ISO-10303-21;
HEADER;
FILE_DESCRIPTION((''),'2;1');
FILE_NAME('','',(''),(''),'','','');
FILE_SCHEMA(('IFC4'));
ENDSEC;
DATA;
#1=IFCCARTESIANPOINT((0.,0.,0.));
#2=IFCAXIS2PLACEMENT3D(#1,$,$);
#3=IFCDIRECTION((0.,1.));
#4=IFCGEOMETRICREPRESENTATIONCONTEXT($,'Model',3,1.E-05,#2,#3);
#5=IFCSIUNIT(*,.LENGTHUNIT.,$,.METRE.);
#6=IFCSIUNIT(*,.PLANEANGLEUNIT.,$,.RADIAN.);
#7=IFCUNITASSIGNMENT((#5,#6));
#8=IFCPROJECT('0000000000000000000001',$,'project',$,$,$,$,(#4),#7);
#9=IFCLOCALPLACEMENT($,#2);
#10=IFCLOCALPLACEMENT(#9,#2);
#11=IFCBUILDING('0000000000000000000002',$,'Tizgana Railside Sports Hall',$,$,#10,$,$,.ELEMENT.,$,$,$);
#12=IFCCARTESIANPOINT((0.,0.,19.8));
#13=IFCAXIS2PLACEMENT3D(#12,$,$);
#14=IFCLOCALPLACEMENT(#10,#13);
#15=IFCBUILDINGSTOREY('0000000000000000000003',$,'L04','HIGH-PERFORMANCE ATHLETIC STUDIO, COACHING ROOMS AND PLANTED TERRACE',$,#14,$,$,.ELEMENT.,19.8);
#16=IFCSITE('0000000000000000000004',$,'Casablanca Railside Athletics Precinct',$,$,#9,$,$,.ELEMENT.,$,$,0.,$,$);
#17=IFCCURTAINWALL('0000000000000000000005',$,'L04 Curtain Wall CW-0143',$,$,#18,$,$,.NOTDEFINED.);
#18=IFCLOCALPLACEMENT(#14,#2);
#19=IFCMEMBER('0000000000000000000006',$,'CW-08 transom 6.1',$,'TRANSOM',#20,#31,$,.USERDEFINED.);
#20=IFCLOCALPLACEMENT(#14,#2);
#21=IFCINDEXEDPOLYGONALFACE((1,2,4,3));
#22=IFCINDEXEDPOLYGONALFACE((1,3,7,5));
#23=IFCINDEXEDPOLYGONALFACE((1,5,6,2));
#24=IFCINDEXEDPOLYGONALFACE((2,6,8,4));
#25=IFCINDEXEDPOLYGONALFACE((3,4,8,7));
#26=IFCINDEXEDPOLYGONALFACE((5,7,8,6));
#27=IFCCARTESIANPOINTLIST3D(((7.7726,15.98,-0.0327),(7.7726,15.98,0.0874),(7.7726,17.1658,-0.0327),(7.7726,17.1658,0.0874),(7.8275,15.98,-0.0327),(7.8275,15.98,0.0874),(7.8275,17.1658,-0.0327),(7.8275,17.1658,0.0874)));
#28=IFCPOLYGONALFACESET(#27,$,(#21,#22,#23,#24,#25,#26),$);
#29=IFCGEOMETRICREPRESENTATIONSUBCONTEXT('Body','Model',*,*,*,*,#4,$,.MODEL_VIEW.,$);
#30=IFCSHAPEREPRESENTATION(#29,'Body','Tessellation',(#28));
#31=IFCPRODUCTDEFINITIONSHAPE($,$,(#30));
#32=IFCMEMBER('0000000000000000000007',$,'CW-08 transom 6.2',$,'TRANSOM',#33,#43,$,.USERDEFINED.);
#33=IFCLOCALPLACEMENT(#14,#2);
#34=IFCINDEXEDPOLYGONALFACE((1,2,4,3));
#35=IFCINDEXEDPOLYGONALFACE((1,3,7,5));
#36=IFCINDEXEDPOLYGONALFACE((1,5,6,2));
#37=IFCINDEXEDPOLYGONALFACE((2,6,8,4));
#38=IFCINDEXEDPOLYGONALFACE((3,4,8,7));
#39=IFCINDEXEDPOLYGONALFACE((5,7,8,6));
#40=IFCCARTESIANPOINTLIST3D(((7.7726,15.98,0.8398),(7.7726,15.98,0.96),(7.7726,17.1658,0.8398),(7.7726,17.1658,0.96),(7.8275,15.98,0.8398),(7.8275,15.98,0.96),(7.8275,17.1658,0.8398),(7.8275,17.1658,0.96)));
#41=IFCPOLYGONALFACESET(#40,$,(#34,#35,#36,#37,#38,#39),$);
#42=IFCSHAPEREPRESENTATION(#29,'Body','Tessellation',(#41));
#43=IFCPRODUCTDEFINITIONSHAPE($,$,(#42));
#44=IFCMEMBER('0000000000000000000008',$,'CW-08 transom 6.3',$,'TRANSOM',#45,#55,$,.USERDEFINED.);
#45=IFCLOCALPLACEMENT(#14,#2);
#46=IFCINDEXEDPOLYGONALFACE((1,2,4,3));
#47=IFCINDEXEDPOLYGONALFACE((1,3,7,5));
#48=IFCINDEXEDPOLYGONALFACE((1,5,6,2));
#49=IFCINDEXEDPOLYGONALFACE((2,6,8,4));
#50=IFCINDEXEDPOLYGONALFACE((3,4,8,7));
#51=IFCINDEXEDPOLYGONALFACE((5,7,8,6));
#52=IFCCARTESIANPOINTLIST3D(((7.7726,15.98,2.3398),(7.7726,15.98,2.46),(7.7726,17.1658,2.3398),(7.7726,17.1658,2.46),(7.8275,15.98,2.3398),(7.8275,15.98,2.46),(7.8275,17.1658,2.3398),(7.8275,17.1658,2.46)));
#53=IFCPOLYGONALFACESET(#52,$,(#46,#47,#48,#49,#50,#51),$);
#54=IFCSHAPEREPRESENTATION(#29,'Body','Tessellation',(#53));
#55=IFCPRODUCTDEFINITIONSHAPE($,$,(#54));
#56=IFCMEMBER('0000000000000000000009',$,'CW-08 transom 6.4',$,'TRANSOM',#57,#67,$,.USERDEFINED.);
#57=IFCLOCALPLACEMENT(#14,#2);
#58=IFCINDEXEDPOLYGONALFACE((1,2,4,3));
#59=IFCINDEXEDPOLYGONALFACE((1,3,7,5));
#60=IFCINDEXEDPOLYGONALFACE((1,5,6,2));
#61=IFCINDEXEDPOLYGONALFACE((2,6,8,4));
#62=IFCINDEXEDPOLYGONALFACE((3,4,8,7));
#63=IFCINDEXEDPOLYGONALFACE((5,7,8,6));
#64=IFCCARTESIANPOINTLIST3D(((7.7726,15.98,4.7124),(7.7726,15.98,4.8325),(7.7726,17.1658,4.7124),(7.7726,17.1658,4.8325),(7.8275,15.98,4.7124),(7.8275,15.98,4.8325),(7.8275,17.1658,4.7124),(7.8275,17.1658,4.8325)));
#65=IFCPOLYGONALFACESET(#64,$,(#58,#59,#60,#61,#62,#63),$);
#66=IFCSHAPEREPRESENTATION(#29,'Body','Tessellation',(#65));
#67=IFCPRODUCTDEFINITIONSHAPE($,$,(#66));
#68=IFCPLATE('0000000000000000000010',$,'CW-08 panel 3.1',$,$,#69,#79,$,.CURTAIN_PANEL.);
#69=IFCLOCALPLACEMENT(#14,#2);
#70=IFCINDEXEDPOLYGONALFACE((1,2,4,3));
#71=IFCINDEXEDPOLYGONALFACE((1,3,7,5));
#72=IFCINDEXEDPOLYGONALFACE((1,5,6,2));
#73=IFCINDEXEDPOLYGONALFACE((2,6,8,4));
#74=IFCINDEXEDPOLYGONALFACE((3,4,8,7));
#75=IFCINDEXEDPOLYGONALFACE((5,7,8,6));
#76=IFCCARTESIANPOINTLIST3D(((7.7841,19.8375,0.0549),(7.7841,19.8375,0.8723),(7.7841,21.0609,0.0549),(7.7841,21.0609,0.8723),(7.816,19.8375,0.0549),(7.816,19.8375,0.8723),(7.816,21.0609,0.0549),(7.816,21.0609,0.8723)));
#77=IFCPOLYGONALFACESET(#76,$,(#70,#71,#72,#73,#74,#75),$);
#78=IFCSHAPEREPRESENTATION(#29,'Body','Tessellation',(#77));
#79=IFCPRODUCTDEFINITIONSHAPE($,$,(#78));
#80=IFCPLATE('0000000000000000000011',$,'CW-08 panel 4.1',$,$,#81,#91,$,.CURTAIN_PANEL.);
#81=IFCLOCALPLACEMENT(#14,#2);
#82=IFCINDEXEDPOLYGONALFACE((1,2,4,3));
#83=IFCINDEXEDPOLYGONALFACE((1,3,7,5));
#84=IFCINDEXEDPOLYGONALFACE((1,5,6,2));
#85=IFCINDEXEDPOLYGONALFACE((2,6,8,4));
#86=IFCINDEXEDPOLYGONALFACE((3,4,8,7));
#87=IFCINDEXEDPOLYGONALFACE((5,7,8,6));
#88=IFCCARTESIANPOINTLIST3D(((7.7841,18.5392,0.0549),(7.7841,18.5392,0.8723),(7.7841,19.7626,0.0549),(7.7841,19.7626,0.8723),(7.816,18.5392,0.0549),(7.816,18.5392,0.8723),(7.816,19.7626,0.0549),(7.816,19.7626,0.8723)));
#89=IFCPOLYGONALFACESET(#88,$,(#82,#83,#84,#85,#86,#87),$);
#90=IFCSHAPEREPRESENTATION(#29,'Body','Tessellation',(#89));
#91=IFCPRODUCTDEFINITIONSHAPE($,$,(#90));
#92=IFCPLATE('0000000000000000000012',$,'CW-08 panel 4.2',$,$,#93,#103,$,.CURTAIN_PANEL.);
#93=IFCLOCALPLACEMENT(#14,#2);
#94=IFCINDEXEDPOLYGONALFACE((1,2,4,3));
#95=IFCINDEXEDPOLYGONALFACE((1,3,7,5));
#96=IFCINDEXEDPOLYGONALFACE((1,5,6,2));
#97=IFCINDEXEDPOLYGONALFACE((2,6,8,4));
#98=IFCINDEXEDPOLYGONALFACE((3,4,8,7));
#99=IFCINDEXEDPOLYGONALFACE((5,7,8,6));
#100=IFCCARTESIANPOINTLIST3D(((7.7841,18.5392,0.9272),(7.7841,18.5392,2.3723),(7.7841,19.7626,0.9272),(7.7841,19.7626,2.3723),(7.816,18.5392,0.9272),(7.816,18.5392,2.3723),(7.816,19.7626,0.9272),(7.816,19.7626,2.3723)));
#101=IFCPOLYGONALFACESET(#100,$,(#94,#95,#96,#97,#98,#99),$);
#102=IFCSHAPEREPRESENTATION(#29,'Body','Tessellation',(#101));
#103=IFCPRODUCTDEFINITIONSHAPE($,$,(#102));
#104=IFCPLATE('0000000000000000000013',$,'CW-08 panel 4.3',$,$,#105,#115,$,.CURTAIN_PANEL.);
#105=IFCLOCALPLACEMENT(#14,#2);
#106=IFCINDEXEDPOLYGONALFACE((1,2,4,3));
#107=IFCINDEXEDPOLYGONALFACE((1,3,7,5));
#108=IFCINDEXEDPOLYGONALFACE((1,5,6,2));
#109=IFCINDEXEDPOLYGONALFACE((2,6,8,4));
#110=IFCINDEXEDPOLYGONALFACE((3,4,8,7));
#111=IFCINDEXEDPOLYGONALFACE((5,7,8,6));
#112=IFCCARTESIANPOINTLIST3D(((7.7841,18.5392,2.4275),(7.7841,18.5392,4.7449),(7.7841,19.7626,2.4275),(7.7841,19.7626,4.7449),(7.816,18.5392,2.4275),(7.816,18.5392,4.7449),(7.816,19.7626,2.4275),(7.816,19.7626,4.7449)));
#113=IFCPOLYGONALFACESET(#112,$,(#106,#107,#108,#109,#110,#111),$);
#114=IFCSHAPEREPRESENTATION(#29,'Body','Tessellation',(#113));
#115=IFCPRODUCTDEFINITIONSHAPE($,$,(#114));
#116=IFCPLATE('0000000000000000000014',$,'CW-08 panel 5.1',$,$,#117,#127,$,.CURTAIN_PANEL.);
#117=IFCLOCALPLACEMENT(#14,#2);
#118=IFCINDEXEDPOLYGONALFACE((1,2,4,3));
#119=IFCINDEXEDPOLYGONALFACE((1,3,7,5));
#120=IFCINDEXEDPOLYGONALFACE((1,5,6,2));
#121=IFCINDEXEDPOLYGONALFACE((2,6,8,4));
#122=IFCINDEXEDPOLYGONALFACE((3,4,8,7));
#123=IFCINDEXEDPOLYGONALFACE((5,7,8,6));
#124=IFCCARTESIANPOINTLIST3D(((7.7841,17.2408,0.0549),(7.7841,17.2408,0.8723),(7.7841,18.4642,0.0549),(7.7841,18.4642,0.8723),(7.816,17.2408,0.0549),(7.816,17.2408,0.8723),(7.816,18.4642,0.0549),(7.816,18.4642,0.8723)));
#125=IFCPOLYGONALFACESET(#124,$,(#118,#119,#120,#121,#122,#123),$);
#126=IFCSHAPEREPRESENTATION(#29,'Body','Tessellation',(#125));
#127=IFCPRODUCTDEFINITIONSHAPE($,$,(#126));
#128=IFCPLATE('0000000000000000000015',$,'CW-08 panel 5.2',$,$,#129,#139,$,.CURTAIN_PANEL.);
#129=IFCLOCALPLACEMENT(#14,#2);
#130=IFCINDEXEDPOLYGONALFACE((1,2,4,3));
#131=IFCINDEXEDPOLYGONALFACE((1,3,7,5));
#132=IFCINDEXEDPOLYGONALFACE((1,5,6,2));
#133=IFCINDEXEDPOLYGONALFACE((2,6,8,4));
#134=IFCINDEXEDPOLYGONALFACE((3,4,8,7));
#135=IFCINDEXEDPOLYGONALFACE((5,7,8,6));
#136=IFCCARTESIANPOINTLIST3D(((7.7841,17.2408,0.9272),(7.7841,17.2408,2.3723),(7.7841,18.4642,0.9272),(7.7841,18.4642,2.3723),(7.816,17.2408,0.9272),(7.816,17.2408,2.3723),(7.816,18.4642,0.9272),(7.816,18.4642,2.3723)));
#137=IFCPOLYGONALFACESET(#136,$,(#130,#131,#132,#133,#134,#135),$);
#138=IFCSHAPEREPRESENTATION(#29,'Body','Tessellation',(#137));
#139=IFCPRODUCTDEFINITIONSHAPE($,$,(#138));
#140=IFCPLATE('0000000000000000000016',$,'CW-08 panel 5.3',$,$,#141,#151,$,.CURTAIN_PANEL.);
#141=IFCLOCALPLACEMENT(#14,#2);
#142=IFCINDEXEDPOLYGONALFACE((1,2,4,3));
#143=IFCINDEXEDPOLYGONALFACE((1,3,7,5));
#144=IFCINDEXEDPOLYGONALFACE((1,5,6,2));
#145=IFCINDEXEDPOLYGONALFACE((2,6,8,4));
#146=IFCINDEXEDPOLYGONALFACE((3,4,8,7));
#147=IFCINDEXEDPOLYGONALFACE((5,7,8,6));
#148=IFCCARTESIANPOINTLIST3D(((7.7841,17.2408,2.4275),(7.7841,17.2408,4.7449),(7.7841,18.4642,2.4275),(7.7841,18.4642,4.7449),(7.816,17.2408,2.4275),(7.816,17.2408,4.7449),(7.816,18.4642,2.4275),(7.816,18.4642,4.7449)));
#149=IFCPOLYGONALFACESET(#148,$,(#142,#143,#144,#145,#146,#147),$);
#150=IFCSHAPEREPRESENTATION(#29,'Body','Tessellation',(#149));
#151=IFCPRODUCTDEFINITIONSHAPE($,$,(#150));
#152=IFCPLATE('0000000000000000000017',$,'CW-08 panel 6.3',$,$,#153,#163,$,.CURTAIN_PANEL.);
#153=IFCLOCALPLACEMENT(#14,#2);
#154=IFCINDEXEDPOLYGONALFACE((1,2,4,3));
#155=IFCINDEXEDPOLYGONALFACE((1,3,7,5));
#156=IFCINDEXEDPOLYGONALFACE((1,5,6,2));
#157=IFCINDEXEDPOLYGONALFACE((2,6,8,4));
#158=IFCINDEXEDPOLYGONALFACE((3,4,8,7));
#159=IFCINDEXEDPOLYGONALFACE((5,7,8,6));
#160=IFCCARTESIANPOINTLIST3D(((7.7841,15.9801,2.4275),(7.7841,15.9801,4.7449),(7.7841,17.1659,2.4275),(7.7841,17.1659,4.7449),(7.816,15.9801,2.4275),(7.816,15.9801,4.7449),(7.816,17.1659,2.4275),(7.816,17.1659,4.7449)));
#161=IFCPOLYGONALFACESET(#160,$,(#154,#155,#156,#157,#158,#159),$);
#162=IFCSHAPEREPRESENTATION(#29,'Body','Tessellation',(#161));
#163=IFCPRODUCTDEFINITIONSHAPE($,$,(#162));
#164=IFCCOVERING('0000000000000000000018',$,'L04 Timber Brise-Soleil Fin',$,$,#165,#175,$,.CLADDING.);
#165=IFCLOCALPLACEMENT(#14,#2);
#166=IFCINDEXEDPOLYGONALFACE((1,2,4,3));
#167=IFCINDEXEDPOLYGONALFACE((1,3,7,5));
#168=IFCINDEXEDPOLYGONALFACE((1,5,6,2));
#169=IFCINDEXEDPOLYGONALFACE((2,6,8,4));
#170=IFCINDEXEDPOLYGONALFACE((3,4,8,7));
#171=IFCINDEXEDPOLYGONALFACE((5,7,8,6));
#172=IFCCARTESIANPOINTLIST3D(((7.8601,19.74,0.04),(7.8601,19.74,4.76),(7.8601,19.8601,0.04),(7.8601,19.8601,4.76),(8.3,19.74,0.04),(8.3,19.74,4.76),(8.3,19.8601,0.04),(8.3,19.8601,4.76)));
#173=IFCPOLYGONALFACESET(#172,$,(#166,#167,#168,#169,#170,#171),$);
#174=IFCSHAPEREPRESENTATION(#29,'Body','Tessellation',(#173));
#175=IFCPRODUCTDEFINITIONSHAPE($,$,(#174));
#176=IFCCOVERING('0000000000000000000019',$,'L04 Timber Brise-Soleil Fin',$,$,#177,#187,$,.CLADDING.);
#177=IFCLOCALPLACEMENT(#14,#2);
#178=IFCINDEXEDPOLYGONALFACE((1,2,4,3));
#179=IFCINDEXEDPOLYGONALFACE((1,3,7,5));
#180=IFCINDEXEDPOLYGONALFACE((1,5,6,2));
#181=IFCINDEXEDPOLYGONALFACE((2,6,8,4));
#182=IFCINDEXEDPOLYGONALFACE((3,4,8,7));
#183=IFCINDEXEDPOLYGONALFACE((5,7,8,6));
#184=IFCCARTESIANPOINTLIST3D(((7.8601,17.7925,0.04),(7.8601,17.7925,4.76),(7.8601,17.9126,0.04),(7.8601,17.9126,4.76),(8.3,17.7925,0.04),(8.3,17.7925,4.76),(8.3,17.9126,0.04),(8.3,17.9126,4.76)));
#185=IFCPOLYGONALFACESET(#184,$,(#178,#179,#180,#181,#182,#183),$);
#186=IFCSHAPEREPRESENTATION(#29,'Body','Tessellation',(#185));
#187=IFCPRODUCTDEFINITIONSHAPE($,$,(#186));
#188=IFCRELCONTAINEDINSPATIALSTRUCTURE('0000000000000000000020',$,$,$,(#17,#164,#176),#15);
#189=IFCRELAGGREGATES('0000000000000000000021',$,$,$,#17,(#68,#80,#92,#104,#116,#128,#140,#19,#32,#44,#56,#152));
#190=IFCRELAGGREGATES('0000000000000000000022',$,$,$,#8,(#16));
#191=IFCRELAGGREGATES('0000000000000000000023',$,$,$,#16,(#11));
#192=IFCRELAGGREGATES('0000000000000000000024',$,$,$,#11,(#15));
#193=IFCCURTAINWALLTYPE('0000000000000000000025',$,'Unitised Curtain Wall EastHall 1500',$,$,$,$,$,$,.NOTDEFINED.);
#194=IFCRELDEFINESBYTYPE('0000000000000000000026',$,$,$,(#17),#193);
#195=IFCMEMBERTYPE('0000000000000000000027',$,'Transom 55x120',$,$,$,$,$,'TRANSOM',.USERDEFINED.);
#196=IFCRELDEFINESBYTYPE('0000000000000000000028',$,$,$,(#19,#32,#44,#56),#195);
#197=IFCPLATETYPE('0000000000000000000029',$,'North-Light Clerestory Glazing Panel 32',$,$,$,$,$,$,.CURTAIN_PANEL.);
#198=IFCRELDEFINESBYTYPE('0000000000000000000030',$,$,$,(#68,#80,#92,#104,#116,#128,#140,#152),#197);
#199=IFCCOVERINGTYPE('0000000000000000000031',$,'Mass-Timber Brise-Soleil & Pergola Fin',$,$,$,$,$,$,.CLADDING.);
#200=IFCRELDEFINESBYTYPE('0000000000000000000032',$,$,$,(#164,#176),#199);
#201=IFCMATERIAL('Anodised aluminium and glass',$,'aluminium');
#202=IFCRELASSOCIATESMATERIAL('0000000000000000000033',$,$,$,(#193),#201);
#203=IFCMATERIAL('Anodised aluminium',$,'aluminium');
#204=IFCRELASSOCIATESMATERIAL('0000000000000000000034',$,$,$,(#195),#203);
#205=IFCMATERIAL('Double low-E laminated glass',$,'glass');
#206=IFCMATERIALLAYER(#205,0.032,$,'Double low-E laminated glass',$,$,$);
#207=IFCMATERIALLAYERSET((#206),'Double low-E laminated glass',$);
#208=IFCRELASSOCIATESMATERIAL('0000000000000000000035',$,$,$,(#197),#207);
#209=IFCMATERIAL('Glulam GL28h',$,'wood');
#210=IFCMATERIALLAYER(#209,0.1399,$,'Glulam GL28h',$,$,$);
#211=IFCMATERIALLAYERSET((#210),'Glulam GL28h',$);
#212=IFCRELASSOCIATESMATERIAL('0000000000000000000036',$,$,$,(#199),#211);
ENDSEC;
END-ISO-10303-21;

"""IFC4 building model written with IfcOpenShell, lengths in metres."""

from ifc_helpers import new_model, si_unit, direction, frame, origin, origin_2d, place, context, subcontext, project, spatial, rectangle, extrude, material, layer, layer_set, material_profile, profile_set, type_object, element, aggregate, save


model = new_model("IFC4")

# Units and contexts
model_context = context("Model", 3, precision=1e-05, world=origin(), true_north=direction((0.0, 1.0)))
body_context = subcontext(model_context, "Body", "Model", "MODEL_VIEW")
ifc_project = project(units=[si_unit("LENGTHUNIT", "METRE"), si_unit("PLANEANGLEUNIT", "RADIAN")], contexts=[model_context])

# Site, building, storey
site_placement = place(None, origin())
site = spatial("IfcSite", under=ifc_project, at=site_placement, Name="Casablanca Railside Athletics Precinct", CompositionType="ELEMENT", RefElevation=0.0)
building_placement = place(site_placement, origin())
building = spatial("IfcBuilding", under=site, at=building_placement, Name="Tizgana Railside Sports Hall", CompositionType="ELEMENT")
storey_placement = place(building_placement, frame((0.0, 0.0, 19.8)))
storey = spatial("IfcBuildingStorey", under=building, at=storey_placement, Name="L04", Description="HIGH-PERFORMANCE ATHLETIC STUDIO, COACHING ROOMS AND PLANTED TERRACE", CompositionType="ELEMENT", Elevation=19.8)

# Curtain wall
ifc_material_1 = material(Name="Anodised aluminium and glass", Category="aluminium")
curtain_wall_type = type_object("IfcCurtainWallType", Name="Unitised Curtain Wall EastHall 1500", PredefinedType="NOTDEFINED", material=ifc_material_1)
curtain_wall_placement = place(storey_placement, origin())
curtain_wall = element("IfcCurtainWall", 1, at=curtain_wall_placement, inside=storey, type_object=curtain_wall_type, Name="L04 Curtain Wall CW-0143", PredefinedType="NOTDEFINED")
ifc_material_2 = material(Name="Anodised aluminium", Category="aluminium")

# Members
ifc_material_profile_1 = material_profile(ifc_material_2, rectangle(XDim=0.0549, YDim=0.1201, at=origin_2d()), Name="Transom 55x120")
ifc_profile_set_1 = profile_set([ifc_material_profile_1], Name="Anodised aluminium")
member_type_1 = type_object("IfcMemberType", Name="Transom 55x120", ElementType="TRANSOM", PredefinedType="USERDEFINED", material=ifc_profile_set_1)
member_1_placement = place(storey_placement, frame((7.8, 17.1658, 0.0273), z_axis=(0.0, -1.0, 0.0), x_axis=(1.0, 0.0, 0.0)))
member_1 = element("IfcMember", 2, at=member_1_placement, type_object=member_type_1, Name="CW-08 transom 6.1", ObjectType="TRANSOM", PredefinedType="USERDEFINED", context=body_context, shape_type="SweptSolid", body=[
    extrude(rectangle(XDim=0.0549, YDim=0.1201, at=origin_2d()), origin(), (0.0, 0.0, 1.0), 1.1858),
])
member_2_placement = place(storey_placement, frame((7.8, 17.1658, 0.8999), z_axis=(0.0, -1.0, 0.0), x_axis=(1.0, 0.0, 0.0)))
member_2 = element("IfcMember", 3, at=member_2_placement, type_object=member_type_1, Name="CW-08 transom 6.2", ObjectType="TRANSOM", PredefinedType="USERDEFINED", context=body_context, shape_type="SweptSolid", body=[
    extrude(rectangle(XDim=0.0549, YDim=0.1201, at=origin_2d()), origin(), (0.0, 0.0, 1.0), 1.1858),
])
member_3_placement = place(storey_placement, frame((7.8, 17.1658, 2.3999), z_axis=(0.0, -1.0, 0.0), x_axis=(1.0, 0.0, 0.0)))
member_3 = element("IfcMember", 4, at=member_3_placement, type_object=member_type_1, Name="CW-08 transom 6.3", ObjectType="TRANSOM", PredefinedType="USERDEFINED", context=body_context, shape_type="SweptSolid", body=[
    extrude(rectangle(XDim=0.0549, YDim=0.1201, at=origin_2d()), origin(), (0.0, 0.0, 1.0), 1.1858),
])
member_4_placement = place(storey_placement, frame((7.8, 17.1658, 4.7725), z_axis=(0.0, -1.0, 0.0), x_axis=(1.0, 0.0, 0.0)))
member_4 = element("IfcMember", 5, at=member_4_placement, type_object=member_type_1, Name="CW-08 transom 6.4", ObjectType="TRANSOM", PredefinedType="USERDEFINED", context=body_context, shape_type="SweptSolid", body=[
    extrude(rectangle(XDim=0.0549, YDim=0.1201, at=origin_2d()), origin(), (0.0, 0.0, 1.0), 1.1858),
])

# Plates
ifc_material_3 = material(Name="Double low-E laminated glass", Category="glass")
ifc_layer_1 = layer(ifc_material_3, 0.032, Name="Double low-E laminated glass")
ifc_layer_set_1 = layer_set([ifc_layer_1], Name="Double low-E laminated glass")
plate_type = type_object("IfcPlateType", Name="North-Light Clerestory Glazing Panel 32", PredefinedType="CURTAIN_PANEL", material=ifc_layer_set_1)
plate_1_placement = place(storey_placement, frame((7.8, 20.4492, 0.0549), z_axis=(0.0, 0.0, 1.0), x_axis=(0.0, -1.0, 0.0)))
plate_1 = element("IfcPlate", 6, at=plate_1_placement, type_object=plate_type, Name="CW-08 panel 3.1", PredefinedType="CURTAIN_PANEL", context=body_context, shape_type="SweptSolid", body=[
    extrude(rectangle(XDim=1.2234, YDim=0.032, at=origin_2d()), origin(), (0.0, 0.0, 1.0), 0.8174),
])
plate_2_placement = place(storey_placement, frame((7.8, 19.1509, 0.0549), z_axis=(0.0, 0.0, 1.0), x_axis=(0.0, -1.0, 0.0)))
plate_2 = element("IfcPlate", 7, at=plate_2_placement, type_object=plate_type, Name="CW-08 panel 4.1", PredefinedType="CURTAIN_PANEL", context=body_context, shape_type="SweptSolid", body=[
    extrude(rectangle(XDim=1.2234, YDim=0.032, at=origin_2d()), origin(), (0.0, 0.0, 1.0), 0.8174),
])
plate_3_placement = place(storey_placement, frame((7.8, 19.1509, 0.9272), z_axis=(0.0, 0.0, 1.0), x_axis=(0.0, -1.0, 0.0)))
plate_3 = element("IfcPlate", 8, at=plate_3_placement, type_object=plate_type, Name="CW-08 panel 4.2", PredefinedType="CURTAIN_PANEL", context=body_context, shape_type="SweptSolid", body=[
    extrude(rectangle(XDim=1.2234, YDim=0.032, at=origin_2d()), origin(), (0.0, 0.0, 1.0), 1.4451),
])
plate_4_placement = place(storey_placement, frame((7.8, 19.1509, 2.4275), z_axis=(0.0, 0.0, 1.0), x_axis=(0.0, -1.0, 0.0)))
plate_4 = element("IfcPlate", 9, at=plate_4_placement, type_object=plate_type, Name="CW-08 panel 4.3", PredefinedType="CURTAIN_PANEL", context=body_context, shape_type="SweptSolid", body=[
    extrude(rectangle(XDim=1.2234, YDim=0.032, at=origin_2d()), origin(), (0.0, 0.0, 1.0), 2.3174),
])
plate_5_placement = place(storey_placement, frame((7.8, 17.8525, 0.0549), z_axis=(0.0, 0.0, 1.0), x_axis=(0.0, -1.0, 0.0)))
plate_5 = element("IfcPlate", 10, at=plate_5_placement, type_object=plate_type, Name="CW-08 panel 5.1", PredefinedType="CURTAIN_PANEL", context=body_context, shape_type="SweptSolid", body=[
    extrude(rectangle(XDim=1.2234, YDim=0.032, at=origin_2d()), origin(), (0.0, 0.0, 1.0), 0.8174),
])
plate_6_placement = place(storey_placement, frame((7.8, 17.8525, 0.9272), z_axis=(0.0, 0.0, 1.0), x_axis=(0.0, -1.0, 0.0)))
plate_6 = element("IfcPlate", 11, at=plate_6_placement, type_object=plate_type, Name="CW-08 panel 5.2", PredefinedType="CURTAIN_PANEL", context=body_context, shape_type="SweptSolid", body=[
    extrude(rectangle(XDim=1.2234, YDim=0.032, at=origin_2d()), origin(), (0.0, 0.0, 1.0), 1.4451),
])
plate_7_placement = place(storey_placement, frame((7.8, 17.8525, 2.4275), z_axis=(0.0, 0.0, 1.0), x_axis=(0.0, -1.0, 0.0)))
plate_7 = element("IfcPlate", 12, at=plate_7_placement, type_object=plate_type, Name="CW-08 panel 5.3", PredefinedType="CURTAIN_PANEL", context=body_context, shape_type="SweptSolid", body=[
    extrude(rectangle(XDim=1.2234, YDim=0.032, at=origin_2d()), origin(), (0.0, 0.0, 1.0), 2.3174),
])
plate_8_placement = place(storey_placement, frame((7.8, 16.573, 2.4275), z_axis=(0.0, 0.0, 1.0), x_axis=(0.0, -1.0, 0.0)))
plate_8 = element("IfcPlate", 13, at=plate_8_placement, type_object=plate_type, Name="CW-08 panel 6.3", PredefinedType="CURTAIN_PANEL", context=body_context, shape_type="SweptSolid", body=[
    extrude(rectangle(XDim=1.1858, YDim=0.032, at=origin_2d()), origin(), (0.0, 0.0, 1.0), 2.3174),
])
aggregate(curtain_wall, [plate_1, plate_2, plate_3, plate_4, plate_5, plate_6, plate_7, member_1, member_2, member_3, member_4, plate_8])

# Coverings
ifc_material_4 = material(Name="Glulam GL28h", Category="wood")
ifc_layer_2 = layer(ifc_material_4, 0.1399, Name="Glulam GL28h")
ifc_layer_set_2 = layer_set([ifc_layer_2], Name="Glulam GL28h")
covering_type = type_object("IfcCoveringType", Name="Mass-Timber Brise-Soleil & Pergola Fin", PredefinedType="CLADDING", material=ifc_layer_set_2)
for number, where, z_axis, x_axis, name in (
    (14, (8.0801, 19.8, 0.04), (0.0, 0.0, 1.0), (0.0, -1.0, 0.0), "L04 Timber Brise-Soleil Fin"),
    (15, (8.0801, 17.8525, 0.04), (0.0, 0.0, 1.0), (0.0, -1.0, 0.0), "L04 Timber Brise-Soleil Fin"),
):
    element("IfcCovering", number, at=place(storey_placement, frame(where, z_axis=z_axis, x_axis=x_axis)), inside=storey, type_object=covering_type, Name=name, PredefinedType="CLADDING", context=body_context, shape_type="SweptSolid", body=[
        extrude(rectangle(XDim=0.1201, YDim=0.4399, at=origin_2d()), origin(), (0.0, 0.0, 1.0), 4.72),
    ])

save(model, "model.ifc")
